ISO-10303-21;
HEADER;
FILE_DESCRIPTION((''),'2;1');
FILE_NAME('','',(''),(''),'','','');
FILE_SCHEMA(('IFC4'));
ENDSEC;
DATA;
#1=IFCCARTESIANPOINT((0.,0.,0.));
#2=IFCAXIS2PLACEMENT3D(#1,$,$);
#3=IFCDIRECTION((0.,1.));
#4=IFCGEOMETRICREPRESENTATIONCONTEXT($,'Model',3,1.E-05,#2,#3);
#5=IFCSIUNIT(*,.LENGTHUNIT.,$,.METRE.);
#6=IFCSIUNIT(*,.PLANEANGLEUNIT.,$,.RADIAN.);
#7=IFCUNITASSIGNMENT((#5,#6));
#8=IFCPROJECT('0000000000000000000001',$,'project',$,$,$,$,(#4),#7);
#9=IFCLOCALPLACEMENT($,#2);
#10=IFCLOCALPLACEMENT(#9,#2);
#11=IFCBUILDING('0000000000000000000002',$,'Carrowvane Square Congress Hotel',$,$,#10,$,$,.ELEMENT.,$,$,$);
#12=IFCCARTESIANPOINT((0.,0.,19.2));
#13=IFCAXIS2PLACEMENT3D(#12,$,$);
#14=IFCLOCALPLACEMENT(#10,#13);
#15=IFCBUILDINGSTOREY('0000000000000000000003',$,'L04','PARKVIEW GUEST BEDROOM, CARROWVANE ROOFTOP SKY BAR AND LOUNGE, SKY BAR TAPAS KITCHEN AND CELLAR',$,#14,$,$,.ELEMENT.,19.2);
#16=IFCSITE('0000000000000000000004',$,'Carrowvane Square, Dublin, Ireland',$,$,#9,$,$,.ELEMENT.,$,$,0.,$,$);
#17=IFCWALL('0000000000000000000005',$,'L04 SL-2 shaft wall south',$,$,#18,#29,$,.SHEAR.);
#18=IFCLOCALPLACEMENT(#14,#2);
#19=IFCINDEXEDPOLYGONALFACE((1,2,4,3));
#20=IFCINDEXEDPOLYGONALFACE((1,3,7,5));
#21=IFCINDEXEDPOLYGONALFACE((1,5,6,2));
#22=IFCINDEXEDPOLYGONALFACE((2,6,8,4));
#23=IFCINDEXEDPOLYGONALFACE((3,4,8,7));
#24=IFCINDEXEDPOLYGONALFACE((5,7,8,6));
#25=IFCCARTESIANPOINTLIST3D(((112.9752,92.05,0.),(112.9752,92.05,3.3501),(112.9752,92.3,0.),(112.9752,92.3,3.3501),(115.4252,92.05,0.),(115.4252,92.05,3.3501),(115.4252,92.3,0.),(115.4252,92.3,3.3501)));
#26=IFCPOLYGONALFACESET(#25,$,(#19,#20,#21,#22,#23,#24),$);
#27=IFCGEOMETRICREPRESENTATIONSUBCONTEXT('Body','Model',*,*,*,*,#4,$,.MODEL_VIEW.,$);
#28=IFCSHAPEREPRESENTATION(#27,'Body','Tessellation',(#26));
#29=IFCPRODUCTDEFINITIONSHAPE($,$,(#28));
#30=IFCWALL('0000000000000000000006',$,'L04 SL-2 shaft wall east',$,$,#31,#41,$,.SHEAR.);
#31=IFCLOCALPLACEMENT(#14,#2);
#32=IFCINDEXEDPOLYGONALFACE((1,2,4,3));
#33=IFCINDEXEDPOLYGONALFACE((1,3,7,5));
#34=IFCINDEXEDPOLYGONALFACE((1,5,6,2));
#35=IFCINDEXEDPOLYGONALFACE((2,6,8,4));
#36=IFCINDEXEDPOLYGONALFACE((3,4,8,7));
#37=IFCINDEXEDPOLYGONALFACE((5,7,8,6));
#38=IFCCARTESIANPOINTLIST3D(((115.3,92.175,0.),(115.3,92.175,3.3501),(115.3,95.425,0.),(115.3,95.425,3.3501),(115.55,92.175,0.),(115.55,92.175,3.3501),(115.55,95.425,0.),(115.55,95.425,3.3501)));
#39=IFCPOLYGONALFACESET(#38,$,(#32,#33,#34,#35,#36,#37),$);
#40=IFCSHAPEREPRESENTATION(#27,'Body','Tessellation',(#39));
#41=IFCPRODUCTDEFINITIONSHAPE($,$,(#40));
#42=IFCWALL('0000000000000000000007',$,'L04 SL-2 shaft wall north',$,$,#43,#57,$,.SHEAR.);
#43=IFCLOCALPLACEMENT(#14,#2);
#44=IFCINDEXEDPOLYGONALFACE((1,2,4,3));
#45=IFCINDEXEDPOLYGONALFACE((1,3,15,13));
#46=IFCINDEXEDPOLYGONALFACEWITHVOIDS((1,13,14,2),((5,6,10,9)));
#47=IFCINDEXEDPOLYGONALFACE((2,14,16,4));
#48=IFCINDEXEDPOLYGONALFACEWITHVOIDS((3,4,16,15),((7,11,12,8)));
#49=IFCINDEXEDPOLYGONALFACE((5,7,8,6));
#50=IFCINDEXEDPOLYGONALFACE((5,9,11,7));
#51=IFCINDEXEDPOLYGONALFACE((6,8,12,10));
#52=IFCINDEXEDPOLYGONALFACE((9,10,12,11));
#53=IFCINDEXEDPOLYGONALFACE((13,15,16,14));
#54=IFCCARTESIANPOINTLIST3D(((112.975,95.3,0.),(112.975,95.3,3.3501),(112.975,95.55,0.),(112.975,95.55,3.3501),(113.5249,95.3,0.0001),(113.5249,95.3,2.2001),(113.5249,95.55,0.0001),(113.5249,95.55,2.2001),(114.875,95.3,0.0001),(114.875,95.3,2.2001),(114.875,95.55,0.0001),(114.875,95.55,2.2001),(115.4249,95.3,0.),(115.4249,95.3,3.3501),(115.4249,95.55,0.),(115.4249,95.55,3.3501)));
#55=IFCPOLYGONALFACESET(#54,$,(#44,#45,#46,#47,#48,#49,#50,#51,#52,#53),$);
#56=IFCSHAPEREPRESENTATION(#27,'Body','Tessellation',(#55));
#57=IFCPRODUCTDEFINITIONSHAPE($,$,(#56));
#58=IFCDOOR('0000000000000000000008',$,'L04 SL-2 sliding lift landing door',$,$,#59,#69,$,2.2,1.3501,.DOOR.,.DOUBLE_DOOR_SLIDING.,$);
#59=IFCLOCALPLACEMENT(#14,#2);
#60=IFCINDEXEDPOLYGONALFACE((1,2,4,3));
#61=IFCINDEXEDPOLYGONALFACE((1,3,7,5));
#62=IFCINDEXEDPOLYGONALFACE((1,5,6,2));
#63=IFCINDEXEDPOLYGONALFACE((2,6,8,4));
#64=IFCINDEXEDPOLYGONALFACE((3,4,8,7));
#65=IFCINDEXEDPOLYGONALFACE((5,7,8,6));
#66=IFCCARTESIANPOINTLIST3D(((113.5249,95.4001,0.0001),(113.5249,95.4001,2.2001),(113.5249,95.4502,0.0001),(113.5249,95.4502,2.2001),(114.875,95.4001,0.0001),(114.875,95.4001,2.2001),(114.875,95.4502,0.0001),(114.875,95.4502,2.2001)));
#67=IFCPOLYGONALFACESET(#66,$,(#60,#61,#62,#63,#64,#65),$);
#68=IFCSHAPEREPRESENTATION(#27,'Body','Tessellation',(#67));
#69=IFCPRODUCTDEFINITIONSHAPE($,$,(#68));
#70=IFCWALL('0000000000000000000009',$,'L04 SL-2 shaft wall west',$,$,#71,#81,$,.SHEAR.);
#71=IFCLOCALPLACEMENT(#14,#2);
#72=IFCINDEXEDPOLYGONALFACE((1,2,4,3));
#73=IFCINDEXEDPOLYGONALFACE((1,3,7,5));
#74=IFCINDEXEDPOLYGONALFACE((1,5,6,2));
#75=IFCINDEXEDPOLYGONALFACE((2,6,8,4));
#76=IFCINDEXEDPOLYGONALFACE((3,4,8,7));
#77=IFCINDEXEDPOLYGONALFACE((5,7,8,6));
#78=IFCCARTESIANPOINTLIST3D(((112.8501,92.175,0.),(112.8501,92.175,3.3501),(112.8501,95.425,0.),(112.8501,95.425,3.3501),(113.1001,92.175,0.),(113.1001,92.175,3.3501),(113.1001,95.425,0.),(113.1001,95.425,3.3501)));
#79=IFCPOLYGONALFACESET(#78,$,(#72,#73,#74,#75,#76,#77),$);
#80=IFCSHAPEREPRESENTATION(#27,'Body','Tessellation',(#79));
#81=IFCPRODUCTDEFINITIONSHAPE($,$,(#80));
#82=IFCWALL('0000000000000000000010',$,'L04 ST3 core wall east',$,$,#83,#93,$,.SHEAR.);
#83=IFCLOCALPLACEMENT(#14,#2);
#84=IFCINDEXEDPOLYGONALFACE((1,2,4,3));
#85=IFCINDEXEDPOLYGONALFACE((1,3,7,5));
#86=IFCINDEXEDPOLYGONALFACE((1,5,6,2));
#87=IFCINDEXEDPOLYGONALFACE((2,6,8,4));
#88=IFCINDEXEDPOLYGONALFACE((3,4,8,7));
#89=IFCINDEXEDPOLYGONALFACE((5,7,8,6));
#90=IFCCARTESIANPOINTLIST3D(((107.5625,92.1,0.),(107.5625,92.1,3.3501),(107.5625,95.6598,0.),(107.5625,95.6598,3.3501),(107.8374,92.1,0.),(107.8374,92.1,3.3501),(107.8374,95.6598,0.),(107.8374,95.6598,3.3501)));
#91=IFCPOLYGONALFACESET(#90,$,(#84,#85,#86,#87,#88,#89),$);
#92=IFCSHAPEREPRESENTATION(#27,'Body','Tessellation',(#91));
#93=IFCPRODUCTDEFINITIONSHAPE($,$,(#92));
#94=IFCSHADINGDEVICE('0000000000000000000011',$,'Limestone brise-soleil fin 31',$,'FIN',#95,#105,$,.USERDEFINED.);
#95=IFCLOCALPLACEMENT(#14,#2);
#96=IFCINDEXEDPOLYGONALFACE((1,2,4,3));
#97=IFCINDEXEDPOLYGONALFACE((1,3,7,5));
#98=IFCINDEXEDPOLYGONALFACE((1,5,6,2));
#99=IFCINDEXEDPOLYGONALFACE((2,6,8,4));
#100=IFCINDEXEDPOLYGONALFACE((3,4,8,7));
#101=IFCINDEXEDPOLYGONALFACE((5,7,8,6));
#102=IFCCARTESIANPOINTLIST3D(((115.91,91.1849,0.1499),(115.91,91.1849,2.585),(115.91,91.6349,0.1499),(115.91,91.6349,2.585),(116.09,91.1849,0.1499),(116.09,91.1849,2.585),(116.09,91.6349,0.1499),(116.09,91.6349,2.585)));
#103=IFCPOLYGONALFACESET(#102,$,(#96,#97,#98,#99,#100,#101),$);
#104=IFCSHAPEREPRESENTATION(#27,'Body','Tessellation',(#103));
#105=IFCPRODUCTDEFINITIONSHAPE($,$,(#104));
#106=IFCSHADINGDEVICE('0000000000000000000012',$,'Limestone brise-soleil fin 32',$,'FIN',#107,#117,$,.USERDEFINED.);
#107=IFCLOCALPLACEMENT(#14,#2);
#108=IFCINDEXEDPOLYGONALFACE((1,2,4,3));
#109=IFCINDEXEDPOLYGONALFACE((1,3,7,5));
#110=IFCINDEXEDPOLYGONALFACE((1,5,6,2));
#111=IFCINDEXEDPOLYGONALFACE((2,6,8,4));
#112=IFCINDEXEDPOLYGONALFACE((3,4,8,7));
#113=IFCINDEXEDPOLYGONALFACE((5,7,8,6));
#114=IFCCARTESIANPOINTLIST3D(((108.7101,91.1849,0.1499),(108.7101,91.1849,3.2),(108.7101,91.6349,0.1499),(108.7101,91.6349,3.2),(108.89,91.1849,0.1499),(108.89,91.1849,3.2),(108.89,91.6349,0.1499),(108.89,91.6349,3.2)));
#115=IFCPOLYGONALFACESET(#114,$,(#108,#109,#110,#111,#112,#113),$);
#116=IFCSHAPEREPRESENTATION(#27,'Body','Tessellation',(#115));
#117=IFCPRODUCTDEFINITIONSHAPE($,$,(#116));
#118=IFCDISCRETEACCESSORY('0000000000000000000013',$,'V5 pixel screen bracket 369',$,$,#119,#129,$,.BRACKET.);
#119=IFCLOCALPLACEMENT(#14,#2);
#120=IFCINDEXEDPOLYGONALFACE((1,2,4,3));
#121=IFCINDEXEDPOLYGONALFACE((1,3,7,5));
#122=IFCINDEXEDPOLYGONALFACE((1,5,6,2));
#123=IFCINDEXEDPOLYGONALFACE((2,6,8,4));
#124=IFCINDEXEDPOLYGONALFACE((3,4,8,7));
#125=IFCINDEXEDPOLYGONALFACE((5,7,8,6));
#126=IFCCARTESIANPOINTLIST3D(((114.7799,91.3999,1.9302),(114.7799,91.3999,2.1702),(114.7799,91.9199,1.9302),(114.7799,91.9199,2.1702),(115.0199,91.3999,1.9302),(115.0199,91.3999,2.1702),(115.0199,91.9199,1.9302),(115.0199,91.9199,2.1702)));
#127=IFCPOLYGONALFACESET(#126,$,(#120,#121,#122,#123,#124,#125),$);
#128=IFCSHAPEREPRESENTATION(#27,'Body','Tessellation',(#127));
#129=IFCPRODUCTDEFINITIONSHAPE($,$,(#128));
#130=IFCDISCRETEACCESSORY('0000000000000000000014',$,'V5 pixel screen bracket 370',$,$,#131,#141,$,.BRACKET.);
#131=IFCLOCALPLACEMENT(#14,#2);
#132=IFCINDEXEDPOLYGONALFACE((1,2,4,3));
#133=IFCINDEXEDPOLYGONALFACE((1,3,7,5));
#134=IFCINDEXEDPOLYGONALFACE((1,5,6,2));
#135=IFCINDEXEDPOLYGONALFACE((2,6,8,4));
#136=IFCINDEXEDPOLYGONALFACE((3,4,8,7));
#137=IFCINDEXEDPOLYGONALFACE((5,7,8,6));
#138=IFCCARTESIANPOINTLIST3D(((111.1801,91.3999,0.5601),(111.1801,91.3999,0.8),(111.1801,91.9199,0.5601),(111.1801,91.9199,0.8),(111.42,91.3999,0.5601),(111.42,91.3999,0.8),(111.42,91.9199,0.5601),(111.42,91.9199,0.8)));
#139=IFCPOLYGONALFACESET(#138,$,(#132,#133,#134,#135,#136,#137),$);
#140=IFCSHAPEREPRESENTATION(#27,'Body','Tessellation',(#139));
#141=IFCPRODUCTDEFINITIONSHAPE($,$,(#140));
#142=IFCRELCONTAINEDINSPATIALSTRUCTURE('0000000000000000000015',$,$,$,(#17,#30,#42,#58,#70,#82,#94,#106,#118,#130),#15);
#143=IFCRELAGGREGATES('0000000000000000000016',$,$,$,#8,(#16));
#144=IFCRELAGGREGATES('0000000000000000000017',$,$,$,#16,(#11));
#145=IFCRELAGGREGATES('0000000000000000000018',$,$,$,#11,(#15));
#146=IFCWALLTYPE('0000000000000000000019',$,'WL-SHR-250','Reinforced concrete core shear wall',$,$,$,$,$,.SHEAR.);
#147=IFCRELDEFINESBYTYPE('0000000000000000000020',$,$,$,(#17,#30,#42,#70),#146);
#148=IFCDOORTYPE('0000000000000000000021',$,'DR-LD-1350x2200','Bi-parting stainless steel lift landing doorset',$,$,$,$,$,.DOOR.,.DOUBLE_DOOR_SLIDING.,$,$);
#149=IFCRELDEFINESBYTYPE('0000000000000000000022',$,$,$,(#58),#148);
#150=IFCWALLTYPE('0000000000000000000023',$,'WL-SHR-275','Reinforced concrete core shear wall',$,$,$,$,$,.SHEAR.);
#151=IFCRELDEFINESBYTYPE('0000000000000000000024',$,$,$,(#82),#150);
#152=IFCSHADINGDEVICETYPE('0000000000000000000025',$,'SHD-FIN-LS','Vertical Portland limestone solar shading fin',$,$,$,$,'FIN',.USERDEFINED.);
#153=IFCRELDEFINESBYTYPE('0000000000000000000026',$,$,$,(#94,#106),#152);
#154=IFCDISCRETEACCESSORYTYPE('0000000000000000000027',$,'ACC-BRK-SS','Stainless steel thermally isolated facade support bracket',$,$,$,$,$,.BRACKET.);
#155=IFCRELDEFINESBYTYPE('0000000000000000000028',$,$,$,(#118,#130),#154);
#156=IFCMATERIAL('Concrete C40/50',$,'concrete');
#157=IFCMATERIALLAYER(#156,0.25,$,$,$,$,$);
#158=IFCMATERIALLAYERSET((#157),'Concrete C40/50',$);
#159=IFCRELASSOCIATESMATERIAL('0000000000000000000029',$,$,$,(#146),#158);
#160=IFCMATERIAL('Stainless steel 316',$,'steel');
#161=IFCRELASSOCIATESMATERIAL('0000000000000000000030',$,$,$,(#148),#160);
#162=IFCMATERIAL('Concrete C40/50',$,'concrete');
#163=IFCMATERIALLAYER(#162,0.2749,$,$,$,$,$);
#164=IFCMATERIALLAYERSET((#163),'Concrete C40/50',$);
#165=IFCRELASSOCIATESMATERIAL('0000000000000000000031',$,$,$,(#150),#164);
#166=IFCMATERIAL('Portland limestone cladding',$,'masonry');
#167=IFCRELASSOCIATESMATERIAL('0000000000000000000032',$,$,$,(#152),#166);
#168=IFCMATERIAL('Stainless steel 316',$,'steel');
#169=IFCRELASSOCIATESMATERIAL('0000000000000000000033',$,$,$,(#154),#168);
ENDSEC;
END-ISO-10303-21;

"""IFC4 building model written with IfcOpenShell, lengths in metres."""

from ifc_helpers import new_model, si_unit, direction, frame, frame_2d, origin, origin_2d, place, context, subcontext, project, spatial, rectangle, extrude, material, layer, layer_set, type_object, element, fill, save


model = new_model("IFC4")

# Units and contexts
model_context = context("Model", 3, precision=1e-05, world=origin(), true_north=direction((0.0, 1.0)))
body_context = subcontext(model_context, "Body", "Model", "MODEL_VIEW")
ifc_project = project(units=[si_unit("LENGTHUNIT", "METRE"), si_unit("PLANEANGLEUNIT", "RADIAN")], contexts=[model_context])

# Site, building, storey
site_placement = place(None, origin())
site = spatial("IfcSite", under=ifc_project, at=site_placement, Name="Carrowvane Square, Dublin, Ireland", CompositionType="ELEMENT", RefElevation=0.0)
building_placement = place(site_placement, origin())
building = spatial("IfcBuilding", under=site, at=building_placement, Name="Carrowvane Square Congress Hotel", CompositionType="ELEMENT")
storey_placement = place(building_placement, frame((0.0, 0.0, 19.2)))
storey = spatial("IfcBuildingStorey", under=building, at=storey_placement, Name="L04", Description="PARKVIEW GUEST BEDROOM, CARROWVANE ROOFTOP SKY BAR AND LOUNGE, SKY BAR TAPAS KITCHEN AND CELLAR", CompositionType="ELEMENT", Elevation=19.2)

# Shared definitions
ifc_material_1 = material(Name="Concrete C40/50", Category="concrete")
ifc_layer_1 = layer(ifc_material_1, 0.25)
ifc_layer_set_1 = layer_set([ifc_layer_1], Name="Concrete C40/50")
wall_type_1 = type_object("IfcWallType", Name="WL-SHR-250", Description="Reinforced concrete core shear wall", PredefinedType="SHEAR", material=ifc_layer_set_1)

# Walls
wall_1_placement = place(storey_placement, frame((112.9751, 92.175, 0.0), z_axis=(0.0, 0.0, 1.0), x_axis=(1.0, 0.0, 0.0)))
element("IfcWall", 1, at=wall_1_placement, inside=storey, type_object=wall_type_1, Name="L04 SL-2 shaft wall south", PredefinedType="SHEAR", context=body_context, shape_type="SweptSolid", body=[
    extrude(rectangle(XDim=2.45, YDim=0.25, at=frame_2d((1.2251, 0.0))), origin(), (0.0, 0.0, 1.0), 3.3501),
])
wall_2_placement = place(storey_placement, frame((115.425, 92.175, 0.0), z_axis=(0.0, 0.0, 1.0), x_axis=(0.0, 1.0, 0.0)))
element("IfcWall", 2, at=wall_2_placement, inside=storey, type_object=wall_type_1, Name="L04 SL-2 shaft wall east", PredefinedType="SHEAR", context=body_context, shape_type="SweptSolid", body=[
    extrude(rectangle(XDim=3.25, YDim=0.25, at=frame_2d((1.625, 0.0))), origin(), (0.0, 0.0, 1.0), 3.3501),
])

# Wall, opening, door
wall_3_placement = place(storey_placement, frame((115.425, 95.425, 0.0), z_axis=(0.0, 0.0, 1.0), x_axis=(-1.0, 0.0, 0.0)))
wall_3 = element("IfcWall", 3, at=wall_3_placement, inside=storey, type_object=wall_type_1, Name="L04 SL-2 shaft wall north", PredefinedType="SHEAR", context=body_context, shape_type="SweptSolid", body=[
    extrude(rectangle(XDim=2.45, YDim=0.25, at=frame_2d((1.2251, 0.0))), origin(), (0.0, 0.0, 1.0), 3.3501),
])
opening_1_placement = place(wall_3_placement, frame((0.55, 0.0, 0.0)))
opening_1 = element("IfcOpeningElement", 4, at=opening_1_placement, cuts=wall_3, PredefinedType="OPENING", context=body_context, shape_type="SweptSolid", body=[
    extrude(rectangle(XDim=1.3501, YDim=2.2, at=frame_2d((0.675, 1.1001))), frame((0.0, 0.135, 0.0), z_axis=(0.0, -1.0, 0.0), x_axis=(1.0, 0.0, 0.0)), (0.0, 0.0, 1.0), 0.27),
])
ifc_material_2 = material(Name="Stainless steel 316", Category="steel")
door_type_1 = type_object("IfcDoorType", Name="DR-LD-1350x2200", Description="Bi-parting stainless steel lift landing doorset", OperationType="DOUBLE_DOOR_SLIDING", PredefinedType="DOOR", material=ifc_material_2)
door_1_placement = place(opening_1_placement, origin())
door_1 = element("IfcDoor", 5, at=door_1_placement, inside=storey, type_object=door_type_1, Name="L04 SL-2 sliding lift landing door", OperationType="DOUBLE_DOOR_SLIDING", OverallHeight=2.2, OverallWidth=1.3501, PredefinedType="DOOR", context=body_context, shape_type="SweptSolid", body=[
    extrude(rectangle(XDim=1.3501, YDim=2.2, at=frame_2d((0.675, 1.1001))), frame((0.0, 0.0249, 0.0), z_axis=(0.0, -1.0, 0.0), x_axis=(1.0, 0.0, 0.0)), (0.0, 0.0, 1.0), 0.05),
])
fill(opening_1, door_1)

# Walls
wall_4_placement = place(storey_placement, frame((112.9751, 95.425, 0.0), z_axis=(0.0, 0.0, 1.0), x_axis=(0.0, -1.0, 0.0)))
element("IfcWall", 6, at=wall_4_placement, inside=storey, type_object=wall_type_1, Name="L04 SL-2 shaft wall west", PredefinedType="SHEAR", context=body_context, shape_type="SweptSolid", body=[
    extrude(rectangle(XDim=3.25, YDim=0.25, at=frame_2d((1.625, 0.0))), origin(), (0.0, 0.0, 1.0), 3.3501),
])
ifc_material_3 = material(Name="Concrete C40/50", Category="concrete")
ifc_layer_2 = layer(ifc_material_3, 0.2749)
ifc_layer_set_2 = layer_set([ifc_layer_2], Name="Concrete C40/50")
wall_type_2 = type_object("IfcWallType", Name="WL-SHR-275", Description="Reinforced concrete core shear wall", PredefinedType="SHEAR", material=ifc_layer_set_2)
wall_5_placement = place(storey_placement, frame((107.7, 92.1001, 0.0), z_axis=(0.0, 0.0, 1.0), x_axis=(0.0, 1.0, 0.0)))
element("IfcWall", 7, at=wall_5_placement, inside=storey, type_object=wall_type_2, Name="L04 ST3 core wall east", PredefinedType="SHEAR", context=body_context, shape_type="SweptSolid", body=[
    extrude(rectangle(XDim=3.5598, YDim=0.2749, at=frame_2d((1.7798, 0.0))), origin(), (0.0, 0.0, 1.0), 3.3501),
])

# Shading devices
ifc_material_4 = material(Name="Portland limestone cladding", Category="masonry")
shading_device_type = type_object("IfcShadingDeviceType", Name="SHD-FIN-LS", Description="Vertical Portland limestone solar shading fin", ElementType="FIN", PredefinedType="USERDEFINED", material=ifc_material_4)
shading_device_1_placement = place(storey_placement, frame((116.0, 91.4099, 0.1499), z_axis=(0.0, 0.0, 1.0), x_axis=(-1.0, 0.0, 0.0)))
element("IfcShadingDevice", 8, at=shading_device_1_placement, inside=storey, type_object=shading_device_type, Name="Limestone brise-soleil fin 31", ObjectType="FIN", PredefinedType="USERDEFINED", context=body_context, shape_type="SweptSolid", body=[
    extrude(rectangle(XDim=0.1799, YDim=0.45, at=origin_2d()), origin(), (0.0, 0.0, 1.0), 2.4351),
])
shading_device_2_placement = place(storey_placement, frame((108.8, 91.4099, 0.1499), z_axis=(0.0, 0.0, 1.0), x_axis=(-1.0, 0.0, 0.0)))
element("IfcShadingDevice", 9, at=shading_device_2_placement, inside=storey, type_object=shading_device_type, Name="Limestone brise-soleil fin 32", ObjectType="FIN", PredefinedType="USERDEFINED", context=body_context, shape_type="SweptSolid", body=[
    extrude(rectangle(XDim=0.1799, YDim=0.45, at=origin_2d()), origin(), (0.0, 0.0, 1.0), 3.05),
])

# Discrete accessories
ifc_material_5 = material(Name="Stainless steel 316", Category="steel")
discrete_accessory_type = type_object("IfcDiscreteAccessoryType", Name="ACC-BRK-SS", Description="Stainless steel thermally isolated facade support bracket", PredefinedType="BRACKET", material=ifc_material_5)
for number, where, z_axis, x_axis, name in (
    (10, (114.8999, 91.6599, 1.9302), (0.0, 0.0, 1.0), (-1.0, 0.0, 0.0), "V5 pixel screen bracket 369"),
    (11, (111.3, 91.6599, 0.5601), (0.0, 0.0, 1.0), (-1.0, 0.0, 0.0), "V5 pixel screen bracket 370"),
):
    element("IfcDiscreteAccessory", number, at=place(storey_placement, frame(where, z_axis=z_axis, x_axis=x_axis)), inside=storey, type_object=discrete_accessory_type, Name=name, PredefinedType="BRACKET", context=body_context, shape_type="SweptSolid", body=[
        extrude(rectangle(XDim=0.24, YDim=0.52, at=origin_2d()), origin(), (0.0, 0.0, 1.0), 0.24),
    ])

save(model, "model.ifc")
